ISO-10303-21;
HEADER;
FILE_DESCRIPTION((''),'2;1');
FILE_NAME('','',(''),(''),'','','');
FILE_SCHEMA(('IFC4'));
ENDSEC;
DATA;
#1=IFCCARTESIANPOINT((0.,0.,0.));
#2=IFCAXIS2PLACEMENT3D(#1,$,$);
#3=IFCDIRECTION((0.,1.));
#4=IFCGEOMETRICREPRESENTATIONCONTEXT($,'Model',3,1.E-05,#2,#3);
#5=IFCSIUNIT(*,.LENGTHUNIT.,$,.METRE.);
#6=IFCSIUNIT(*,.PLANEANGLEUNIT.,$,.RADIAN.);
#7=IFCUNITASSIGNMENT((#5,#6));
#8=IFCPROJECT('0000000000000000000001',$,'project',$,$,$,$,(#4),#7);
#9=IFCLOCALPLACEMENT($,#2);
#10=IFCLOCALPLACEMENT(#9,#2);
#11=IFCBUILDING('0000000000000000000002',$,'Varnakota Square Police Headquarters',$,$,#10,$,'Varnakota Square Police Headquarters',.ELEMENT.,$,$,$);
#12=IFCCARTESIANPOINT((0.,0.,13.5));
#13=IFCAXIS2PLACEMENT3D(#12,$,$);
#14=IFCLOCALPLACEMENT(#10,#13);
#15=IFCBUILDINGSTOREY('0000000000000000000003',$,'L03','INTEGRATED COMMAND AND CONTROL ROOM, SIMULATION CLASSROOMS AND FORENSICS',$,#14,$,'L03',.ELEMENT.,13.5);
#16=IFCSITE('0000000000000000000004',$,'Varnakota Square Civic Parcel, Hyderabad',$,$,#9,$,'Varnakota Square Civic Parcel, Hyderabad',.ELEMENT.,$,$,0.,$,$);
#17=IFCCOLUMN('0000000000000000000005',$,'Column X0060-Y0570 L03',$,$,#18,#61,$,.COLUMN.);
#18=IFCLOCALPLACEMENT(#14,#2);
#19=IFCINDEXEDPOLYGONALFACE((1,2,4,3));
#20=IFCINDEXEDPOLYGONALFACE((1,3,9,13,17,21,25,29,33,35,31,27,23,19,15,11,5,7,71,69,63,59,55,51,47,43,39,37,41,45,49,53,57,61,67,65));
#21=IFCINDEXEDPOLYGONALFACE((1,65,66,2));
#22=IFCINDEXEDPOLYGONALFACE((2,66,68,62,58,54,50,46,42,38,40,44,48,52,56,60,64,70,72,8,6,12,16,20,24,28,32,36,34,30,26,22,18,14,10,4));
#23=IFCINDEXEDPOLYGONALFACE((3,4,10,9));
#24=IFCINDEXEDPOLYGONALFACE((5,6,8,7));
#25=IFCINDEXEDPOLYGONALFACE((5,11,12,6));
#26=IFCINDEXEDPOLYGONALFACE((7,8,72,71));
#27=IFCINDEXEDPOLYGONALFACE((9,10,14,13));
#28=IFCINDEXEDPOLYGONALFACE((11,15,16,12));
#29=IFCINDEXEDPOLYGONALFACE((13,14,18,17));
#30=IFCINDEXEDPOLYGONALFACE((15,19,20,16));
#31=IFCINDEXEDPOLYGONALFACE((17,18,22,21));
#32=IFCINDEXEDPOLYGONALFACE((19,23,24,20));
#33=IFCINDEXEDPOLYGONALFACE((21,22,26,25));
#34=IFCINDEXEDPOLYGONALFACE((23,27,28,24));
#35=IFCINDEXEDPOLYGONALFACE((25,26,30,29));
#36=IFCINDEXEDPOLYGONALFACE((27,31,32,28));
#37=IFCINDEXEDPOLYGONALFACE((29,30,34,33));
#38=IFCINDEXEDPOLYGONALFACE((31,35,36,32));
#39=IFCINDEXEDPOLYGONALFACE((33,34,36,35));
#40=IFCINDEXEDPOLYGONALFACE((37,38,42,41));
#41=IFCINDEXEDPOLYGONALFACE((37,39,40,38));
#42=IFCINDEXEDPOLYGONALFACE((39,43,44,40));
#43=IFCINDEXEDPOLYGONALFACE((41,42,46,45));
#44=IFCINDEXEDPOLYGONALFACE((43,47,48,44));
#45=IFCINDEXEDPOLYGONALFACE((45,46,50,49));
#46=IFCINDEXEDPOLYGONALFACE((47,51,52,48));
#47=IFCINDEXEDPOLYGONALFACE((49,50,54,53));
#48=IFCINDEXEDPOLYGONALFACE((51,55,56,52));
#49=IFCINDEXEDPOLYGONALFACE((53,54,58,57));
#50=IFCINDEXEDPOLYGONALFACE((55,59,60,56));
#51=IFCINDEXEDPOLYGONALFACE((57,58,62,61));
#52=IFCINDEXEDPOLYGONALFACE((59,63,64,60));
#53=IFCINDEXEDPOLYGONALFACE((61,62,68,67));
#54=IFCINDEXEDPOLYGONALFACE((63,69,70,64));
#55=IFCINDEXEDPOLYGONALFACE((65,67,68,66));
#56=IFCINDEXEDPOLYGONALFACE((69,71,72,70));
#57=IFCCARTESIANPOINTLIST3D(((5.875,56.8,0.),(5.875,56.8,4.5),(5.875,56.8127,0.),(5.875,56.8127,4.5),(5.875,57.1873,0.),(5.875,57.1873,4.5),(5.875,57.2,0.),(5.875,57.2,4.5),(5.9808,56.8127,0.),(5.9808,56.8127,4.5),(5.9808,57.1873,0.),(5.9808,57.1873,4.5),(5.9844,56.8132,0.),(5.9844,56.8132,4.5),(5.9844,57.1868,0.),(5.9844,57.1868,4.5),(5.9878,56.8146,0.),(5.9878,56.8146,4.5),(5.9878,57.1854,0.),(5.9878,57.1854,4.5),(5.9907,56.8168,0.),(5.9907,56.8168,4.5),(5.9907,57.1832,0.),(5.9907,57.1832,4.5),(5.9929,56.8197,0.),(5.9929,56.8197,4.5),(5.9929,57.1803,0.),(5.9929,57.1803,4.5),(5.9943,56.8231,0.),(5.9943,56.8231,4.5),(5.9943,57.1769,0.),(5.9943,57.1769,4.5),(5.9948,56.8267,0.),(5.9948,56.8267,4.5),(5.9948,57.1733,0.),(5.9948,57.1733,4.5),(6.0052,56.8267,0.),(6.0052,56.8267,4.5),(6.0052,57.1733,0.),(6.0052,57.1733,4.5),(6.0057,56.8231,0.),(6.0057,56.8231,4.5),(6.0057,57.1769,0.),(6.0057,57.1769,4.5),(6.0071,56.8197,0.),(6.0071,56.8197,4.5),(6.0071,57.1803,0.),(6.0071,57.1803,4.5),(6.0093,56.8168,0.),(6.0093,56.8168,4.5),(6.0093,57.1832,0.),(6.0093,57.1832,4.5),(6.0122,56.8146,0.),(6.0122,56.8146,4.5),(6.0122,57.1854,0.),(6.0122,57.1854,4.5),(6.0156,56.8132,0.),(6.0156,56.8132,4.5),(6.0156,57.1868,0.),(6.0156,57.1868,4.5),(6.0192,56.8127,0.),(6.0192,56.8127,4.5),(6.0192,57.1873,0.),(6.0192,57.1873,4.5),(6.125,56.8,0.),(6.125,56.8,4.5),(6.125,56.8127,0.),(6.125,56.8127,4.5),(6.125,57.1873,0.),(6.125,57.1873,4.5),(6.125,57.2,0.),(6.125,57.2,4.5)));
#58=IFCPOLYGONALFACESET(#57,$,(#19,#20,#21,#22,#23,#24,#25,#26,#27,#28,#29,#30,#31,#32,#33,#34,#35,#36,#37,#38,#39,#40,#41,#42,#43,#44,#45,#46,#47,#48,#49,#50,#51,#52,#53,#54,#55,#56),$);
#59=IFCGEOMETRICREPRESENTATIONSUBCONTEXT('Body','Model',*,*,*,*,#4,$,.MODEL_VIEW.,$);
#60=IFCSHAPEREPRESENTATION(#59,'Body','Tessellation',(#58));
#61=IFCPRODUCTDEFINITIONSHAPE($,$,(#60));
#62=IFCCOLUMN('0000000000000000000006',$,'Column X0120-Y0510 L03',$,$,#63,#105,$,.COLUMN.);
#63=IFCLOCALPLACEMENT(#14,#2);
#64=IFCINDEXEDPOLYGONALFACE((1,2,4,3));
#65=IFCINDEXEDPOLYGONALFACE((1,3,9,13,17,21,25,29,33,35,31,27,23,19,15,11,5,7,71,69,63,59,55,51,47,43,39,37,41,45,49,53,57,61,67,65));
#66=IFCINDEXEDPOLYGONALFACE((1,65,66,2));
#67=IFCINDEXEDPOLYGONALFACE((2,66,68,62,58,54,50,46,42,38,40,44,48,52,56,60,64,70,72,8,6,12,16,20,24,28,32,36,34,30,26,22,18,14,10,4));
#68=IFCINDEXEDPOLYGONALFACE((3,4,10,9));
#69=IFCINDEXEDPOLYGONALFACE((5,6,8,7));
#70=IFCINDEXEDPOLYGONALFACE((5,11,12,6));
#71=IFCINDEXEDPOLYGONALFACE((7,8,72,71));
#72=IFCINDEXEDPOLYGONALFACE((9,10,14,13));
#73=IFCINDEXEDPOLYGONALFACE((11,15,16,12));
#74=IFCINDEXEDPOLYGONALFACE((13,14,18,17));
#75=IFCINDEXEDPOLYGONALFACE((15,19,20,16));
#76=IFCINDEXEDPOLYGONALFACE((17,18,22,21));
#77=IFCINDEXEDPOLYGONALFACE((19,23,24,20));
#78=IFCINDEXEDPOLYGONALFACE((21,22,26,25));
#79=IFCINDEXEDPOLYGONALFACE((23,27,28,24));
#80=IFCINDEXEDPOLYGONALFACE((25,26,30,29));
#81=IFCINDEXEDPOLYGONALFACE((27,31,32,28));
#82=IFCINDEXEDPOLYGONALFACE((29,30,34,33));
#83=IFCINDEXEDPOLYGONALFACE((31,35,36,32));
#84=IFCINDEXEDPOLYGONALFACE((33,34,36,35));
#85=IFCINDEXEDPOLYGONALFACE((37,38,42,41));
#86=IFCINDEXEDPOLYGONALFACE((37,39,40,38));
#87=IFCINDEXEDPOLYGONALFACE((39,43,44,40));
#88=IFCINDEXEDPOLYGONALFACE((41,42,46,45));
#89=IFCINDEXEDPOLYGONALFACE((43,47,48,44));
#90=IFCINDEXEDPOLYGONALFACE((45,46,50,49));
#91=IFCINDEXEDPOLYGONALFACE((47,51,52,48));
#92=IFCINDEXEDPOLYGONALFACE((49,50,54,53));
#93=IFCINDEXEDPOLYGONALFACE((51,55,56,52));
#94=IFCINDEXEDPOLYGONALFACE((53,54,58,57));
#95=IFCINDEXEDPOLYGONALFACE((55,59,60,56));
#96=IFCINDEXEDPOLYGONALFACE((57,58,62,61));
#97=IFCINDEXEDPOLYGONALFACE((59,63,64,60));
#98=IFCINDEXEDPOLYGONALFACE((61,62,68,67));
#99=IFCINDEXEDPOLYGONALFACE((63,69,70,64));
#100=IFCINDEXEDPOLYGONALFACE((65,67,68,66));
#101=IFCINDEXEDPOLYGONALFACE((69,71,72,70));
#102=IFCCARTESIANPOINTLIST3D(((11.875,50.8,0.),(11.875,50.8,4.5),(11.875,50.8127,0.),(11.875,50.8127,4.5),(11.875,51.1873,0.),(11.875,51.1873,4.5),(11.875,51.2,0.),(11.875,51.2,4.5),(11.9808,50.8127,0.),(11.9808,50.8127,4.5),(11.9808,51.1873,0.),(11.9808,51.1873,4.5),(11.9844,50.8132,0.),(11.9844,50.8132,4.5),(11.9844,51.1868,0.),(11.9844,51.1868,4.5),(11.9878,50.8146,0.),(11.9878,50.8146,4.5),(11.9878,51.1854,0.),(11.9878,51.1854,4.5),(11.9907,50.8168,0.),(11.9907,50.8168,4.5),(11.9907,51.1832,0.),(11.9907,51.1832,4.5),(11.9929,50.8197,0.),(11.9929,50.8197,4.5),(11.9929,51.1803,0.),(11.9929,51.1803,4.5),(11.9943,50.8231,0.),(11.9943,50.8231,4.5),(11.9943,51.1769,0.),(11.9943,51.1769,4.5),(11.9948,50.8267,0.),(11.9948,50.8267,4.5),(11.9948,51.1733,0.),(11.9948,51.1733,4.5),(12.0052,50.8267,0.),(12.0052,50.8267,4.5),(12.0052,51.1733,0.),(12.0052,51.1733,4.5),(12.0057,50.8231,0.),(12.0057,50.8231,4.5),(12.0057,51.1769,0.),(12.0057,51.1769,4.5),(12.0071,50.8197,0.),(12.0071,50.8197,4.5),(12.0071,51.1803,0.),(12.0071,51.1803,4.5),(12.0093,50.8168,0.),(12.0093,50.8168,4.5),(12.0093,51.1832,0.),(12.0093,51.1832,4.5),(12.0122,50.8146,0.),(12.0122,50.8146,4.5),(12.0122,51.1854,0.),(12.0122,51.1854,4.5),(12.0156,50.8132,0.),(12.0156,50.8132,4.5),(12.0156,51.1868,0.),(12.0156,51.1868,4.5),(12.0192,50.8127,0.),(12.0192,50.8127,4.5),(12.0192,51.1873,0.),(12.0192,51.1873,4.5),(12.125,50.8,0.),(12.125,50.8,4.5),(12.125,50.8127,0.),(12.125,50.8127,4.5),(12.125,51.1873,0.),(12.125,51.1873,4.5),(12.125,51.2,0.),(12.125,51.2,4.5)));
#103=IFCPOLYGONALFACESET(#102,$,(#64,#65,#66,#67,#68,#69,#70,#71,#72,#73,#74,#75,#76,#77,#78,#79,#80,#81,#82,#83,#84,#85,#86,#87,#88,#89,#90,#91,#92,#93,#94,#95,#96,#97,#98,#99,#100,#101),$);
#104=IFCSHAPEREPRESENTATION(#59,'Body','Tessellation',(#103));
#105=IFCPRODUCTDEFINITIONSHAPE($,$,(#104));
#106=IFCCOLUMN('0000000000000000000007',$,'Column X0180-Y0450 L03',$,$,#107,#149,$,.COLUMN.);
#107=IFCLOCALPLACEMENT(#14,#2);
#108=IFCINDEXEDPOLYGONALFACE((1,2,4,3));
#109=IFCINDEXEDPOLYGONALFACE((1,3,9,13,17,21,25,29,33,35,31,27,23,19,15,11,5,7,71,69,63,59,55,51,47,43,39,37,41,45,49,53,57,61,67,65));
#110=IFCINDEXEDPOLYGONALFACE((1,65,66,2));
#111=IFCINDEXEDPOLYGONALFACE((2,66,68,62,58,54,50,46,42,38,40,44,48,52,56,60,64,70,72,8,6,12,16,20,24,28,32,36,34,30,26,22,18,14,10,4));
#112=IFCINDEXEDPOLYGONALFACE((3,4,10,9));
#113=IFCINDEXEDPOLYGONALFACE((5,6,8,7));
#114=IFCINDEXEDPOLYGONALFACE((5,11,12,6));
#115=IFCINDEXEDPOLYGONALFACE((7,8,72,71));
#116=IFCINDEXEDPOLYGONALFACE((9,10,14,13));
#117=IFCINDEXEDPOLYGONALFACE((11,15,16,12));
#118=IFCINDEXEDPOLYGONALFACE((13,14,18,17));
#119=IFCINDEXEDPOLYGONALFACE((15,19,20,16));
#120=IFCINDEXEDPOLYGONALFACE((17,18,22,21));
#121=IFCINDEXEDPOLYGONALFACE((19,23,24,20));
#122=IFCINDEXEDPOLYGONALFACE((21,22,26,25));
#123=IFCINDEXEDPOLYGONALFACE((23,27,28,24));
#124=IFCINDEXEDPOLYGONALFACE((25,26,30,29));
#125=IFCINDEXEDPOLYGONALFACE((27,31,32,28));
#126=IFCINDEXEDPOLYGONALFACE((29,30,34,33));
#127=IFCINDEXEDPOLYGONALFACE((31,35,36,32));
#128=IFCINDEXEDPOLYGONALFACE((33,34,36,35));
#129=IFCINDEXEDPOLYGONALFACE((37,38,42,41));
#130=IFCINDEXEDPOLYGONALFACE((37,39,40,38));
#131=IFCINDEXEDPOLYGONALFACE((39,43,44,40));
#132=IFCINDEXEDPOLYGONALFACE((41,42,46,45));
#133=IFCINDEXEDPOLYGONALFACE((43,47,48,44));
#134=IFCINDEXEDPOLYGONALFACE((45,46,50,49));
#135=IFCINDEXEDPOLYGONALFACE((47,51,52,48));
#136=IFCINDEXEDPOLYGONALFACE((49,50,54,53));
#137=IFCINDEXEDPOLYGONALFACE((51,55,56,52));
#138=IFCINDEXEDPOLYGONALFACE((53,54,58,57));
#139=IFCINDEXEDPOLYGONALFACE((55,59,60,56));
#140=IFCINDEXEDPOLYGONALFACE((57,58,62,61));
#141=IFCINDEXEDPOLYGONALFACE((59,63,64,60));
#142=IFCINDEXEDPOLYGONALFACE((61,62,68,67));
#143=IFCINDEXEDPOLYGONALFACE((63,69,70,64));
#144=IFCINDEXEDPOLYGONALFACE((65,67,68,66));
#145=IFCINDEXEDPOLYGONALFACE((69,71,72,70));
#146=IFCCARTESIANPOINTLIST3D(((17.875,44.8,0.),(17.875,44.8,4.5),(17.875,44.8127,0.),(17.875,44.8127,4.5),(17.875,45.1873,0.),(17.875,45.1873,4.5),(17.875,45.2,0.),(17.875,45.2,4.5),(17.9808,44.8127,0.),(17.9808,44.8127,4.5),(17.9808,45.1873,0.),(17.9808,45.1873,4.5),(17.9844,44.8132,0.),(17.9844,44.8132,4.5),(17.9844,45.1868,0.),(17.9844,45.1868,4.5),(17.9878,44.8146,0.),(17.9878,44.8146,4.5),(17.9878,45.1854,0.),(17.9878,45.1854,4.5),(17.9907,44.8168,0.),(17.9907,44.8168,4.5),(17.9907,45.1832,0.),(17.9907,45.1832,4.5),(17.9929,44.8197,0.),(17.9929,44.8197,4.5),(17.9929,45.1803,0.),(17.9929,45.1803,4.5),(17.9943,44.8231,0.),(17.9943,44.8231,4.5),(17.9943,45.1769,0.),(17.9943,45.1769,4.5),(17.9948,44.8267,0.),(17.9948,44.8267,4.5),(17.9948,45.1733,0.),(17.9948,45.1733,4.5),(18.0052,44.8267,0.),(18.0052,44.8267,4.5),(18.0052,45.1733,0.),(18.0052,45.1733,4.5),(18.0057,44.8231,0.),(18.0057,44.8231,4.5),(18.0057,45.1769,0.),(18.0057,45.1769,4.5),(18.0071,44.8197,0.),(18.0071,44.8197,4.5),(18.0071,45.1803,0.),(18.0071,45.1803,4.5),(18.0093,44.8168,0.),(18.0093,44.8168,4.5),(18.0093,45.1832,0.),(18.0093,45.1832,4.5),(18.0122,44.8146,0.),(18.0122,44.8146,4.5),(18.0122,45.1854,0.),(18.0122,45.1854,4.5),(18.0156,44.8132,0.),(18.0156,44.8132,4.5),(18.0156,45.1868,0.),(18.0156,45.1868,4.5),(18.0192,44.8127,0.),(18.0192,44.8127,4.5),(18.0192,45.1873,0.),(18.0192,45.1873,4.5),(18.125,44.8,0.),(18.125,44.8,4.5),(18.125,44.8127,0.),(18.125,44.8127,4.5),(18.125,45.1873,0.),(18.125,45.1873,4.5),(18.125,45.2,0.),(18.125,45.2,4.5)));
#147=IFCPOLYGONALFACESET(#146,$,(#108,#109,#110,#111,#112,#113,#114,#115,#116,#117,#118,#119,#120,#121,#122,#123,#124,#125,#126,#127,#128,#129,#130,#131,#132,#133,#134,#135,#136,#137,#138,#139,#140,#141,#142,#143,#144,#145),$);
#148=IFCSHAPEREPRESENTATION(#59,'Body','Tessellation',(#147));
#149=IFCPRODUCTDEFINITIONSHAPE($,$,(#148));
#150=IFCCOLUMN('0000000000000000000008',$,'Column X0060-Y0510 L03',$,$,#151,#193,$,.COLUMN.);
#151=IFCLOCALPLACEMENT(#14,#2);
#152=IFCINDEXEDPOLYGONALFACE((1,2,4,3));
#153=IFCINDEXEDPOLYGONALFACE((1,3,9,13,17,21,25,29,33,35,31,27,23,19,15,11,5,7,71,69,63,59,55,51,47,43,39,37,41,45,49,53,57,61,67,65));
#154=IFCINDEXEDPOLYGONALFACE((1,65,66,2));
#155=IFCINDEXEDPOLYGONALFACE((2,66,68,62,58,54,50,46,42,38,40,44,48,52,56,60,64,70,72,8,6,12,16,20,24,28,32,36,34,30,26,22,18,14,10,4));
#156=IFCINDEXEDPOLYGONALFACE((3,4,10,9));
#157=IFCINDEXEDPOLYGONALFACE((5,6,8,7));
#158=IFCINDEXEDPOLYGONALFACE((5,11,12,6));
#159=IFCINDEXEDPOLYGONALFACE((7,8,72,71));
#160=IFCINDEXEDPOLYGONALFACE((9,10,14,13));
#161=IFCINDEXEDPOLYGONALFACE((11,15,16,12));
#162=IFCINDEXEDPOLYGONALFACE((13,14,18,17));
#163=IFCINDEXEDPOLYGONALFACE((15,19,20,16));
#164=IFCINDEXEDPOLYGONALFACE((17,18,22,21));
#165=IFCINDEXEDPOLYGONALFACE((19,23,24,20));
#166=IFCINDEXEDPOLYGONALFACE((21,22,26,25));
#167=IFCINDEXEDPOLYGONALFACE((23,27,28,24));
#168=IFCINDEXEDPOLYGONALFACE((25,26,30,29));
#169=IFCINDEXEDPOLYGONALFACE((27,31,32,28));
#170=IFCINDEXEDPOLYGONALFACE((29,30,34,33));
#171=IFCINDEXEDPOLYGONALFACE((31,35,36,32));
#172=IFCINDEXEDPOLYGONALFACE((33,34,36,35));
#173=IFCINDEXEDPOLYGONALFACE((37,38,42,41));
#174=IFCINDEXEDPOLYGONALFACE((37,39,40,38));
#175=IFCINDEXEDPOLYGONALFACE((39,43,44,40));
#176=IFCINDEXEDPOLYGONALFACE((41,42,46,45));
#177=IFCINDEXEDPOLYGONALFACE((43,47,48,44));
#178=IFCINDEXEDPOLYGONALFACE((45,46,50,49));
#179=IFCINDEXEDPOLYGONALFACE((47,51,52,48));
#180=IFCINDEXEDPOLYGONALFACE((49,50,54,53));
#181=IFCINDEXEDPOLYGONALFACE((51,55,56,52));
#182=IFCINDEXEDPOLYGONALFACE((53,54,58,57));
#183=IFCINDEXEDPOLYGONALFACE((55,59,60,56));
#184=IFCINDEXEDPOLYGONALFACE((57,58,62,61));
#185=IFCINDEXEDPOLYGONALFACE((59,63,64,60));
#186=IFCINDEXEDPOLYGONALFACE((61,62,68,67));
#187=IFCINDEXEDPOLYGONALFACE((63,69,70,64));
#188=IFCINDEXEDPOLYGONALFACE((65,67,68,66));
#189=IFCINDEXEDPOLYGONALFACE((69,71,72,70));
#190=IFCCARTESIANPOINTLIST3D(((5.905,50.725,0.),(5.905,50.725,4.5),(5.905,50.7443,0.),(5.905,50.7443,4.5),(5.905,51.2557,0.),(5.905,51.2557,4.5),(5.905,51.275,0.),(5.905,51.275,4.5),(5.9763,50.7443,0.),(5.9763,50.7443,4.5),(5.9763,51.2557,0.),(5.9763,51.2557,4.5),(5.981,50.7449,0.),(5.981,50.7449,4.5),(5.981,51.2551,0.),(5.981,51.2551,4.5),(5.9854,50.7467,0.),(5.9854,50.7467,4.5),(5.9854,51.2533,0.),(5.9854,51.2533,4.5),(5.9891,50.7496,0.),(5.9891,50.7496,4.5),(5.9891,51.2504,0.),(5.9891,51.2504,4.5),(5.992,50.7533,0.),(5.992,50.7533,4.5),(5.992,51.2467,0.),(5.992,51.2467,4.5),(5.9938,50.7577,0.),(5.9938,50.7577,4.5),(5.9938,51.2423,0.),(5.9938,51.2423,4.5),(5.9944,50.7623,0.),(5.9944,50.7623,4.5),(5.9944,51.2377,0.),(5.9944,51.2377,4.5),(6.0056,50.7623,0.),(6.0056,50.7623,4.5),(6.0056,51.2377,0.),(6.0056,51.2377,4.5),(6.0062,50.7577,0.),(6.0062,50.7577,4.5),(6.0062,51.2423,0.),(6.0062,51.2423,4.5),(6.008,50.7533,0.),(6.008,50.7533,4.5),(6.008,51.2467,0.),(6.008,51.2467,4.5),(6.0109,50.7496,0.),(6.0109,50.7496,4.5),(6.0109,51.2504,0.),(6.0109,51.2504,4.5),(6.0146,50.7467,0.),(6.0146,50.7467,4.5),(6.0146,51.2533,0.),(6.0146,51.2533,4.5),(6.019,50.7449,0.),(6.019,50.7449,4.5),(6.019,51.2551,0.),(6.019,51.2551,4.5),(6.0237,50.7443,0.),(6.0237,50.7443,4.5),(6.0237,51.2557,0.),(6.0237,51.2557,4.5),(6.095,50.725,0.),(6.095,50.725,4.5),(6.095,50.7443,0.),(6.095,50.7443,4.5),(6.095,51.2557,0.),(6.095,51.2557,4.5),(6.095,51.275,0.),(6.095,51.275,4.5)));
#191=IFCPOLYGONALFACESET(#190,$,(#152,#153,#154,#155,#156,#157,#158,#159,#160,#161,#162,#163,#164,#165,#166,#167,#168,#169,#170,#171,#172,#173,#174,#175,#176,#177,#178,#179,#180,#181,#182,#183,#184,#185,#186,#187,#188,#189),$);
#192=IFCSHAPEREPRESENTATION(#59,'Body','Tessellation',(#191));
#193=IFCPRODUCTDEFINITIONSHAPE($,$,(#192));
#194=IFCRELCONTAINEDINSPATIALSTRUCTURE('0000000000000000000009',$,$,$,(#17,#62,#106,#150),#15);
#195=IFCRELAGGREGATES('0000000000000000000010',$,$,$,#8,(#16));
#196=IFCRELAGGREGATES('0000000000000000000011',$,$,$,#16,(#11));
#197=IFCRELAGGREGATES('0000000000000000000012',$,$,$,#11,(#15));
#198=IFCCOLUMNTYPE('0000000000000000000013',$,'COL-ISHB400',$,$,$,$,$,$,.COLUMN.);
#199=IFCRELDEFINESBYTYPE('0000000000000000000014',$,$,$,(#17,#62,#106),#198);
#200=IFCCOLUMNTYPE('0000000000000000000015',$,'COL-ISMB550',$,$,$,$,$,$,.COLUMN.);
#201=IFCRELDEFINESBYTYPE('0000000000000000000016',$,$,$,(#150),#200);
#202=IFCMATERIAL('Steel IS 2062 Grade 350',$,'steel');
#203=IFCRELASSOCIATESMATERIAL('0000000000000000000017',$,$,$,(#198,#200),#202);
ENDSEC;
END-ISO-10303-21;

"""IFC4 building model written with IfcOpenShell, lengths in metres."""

from ifc_helpers import new_model, si_unit, direction, frame, origin, origin_2d, place, context, subcontext, project, spatial, i_section, extrude, material, material_profile, profile_set, type_object, element, save


model = new_model("IFC4")

# Units and contexts
model_context = context("Model", 3, precision=1e-05, world=origin(), true_north=direction((0.0, 1.0)))
body_context = subcontext(model_context, "Body", "Model", "MODEL_VIEW")
ifc_project = project(units=[si_unit("LENGTHUNIT", "METRE"), si_unit("PLANEANGLEUNIT", "RADIAN")], contexts=[model_context])

# Site, building, storey
site_placement = place(None, origin())
site = spatial("IfcSite", under=ifc_project, at=site_placement, Name="Varnakota Square Civic Parcel, Hyderabad", LongName="Varnakota Square Civic Parcel, Hyderabad", CompositionType="ELEMENT", RefElevation=0.0)
building_placement = place(site_placement, origin())
building = spatial("IfcBuilding", under=site, at=building_placement, Name="Varnakota Square Police Headquarters", LongName="Varnakota Square Police Headquarters", CompositionType="ELEMENT")
storey_placement = place(building_placement, frame((0.0, 0.0, 13.5)))
storey = spatial("IfcBuildingStorey", under=building, at=storey_placement, Name="L03", Description="INTEGRATED COMMAND AND CONTROL ROOM, SIMULATION CLASSROOMS AND FORENSICS", LongName="L03", CompositionType="ELEMENT", Elevation=13.5)

# Columns
ifc_material_1 = material(Name="Steel IS 2062 Grade 350", Category="steel")
ifc_material_profile_1 = material_profile(ifc_material_1, i_section(OverallWidth=0.25, OverallDepth=0.3999, WebThickness=0.0105, FlangeThickness=0.0127, FilletRadius=0.0139, at=origin_2d()), Name="ISHB 400")
ifc_profile_set_1 = profile_set([ifc_material_profile_1], Name="Steel IS 2062 Grade 350")
column_type_1 = type_object("IfcColumnType", Name="COL-ISHB400", PredefinedType="COLUMN", material=ifc_profile_set_1)
for number, where, z_axis, x_axis, name in (
    (1, (6.0, 57.0, 0.0), (0.0, 0.0, 1.0), (1.0, 0.0, 0.0), "Column X0060-Y0570 L03"),
    (2, (12.0, 51.0, 0.0), (0.0, 0.0, 1.0), (1.0, 0.0, 0.0), "Column X0120-Y0510 L03"),
    (3, (18.0, 45.0, 0.0), (0.0, 0.0, 1.0), (1.0, 0.0, 0.0), "Column X0180-Y0450 L03"),
):
    element("IfcColumn", number, at=place(storey_placement, frame(where, z_axis=z_axis, x_axis=x_axis)), inside=storey, type_object=column_type_1, Name=name, PredefinedType="COLUMN", context=body_context, shape_type="SweptSolid", body=[
        extrude(i_section(OverallWidth=0.25, OverallDepth=0.3999, WebThickness=0.0105, FlangeThickness=0.0127, FilletRadius=0.0139, at=origin_2d()), origin(), (0.0, 0.0, 1.0), 4.5),
    ])
ifc_material_profile_2 = material_profile(ifc_material_1, i_section(OverallWidth=0.1899, OverallDepth=0.55, WebThickness=0.0112, FlangeThickness=0.0193, FilletRadius=0.0181, at=origin_2d()), Name="ISMB 550")
ifc_profile_set_2 = profile_set([ifc_material_profile_2], Name="Steel IS 2062 Grade 350")
column_type_2 = type_object("IfcColumnType", Name="COL-ISMB550", PredefinedType="COLUMN", material=ifc_profile_set_2)
column_1_placement = place(storey_placement, frame((6.0, 51.0, 0.0), z_axis=(0.0, 0.0, 1.0), x_axis=(1.0, 0.0, 0.0)))
element("IfcColumn", 4, at=column_1_placement, inside=storey, type_object=column_type_2, Name="Column X0060-Y0510 L03", PredefinedType="COLUMN", context=body_context, shape_type="SweptSolid", body=[
    extrude(i_section(OverallWidth=0.1899, OverallDepth=0.55, WebThickness=0.0112, FlangeThickness=0.0193, FilletRadius=0.0181, at=origin_2d()), origin(), (0.0, 0.0, 1.0), 4.5),
])

save(model, "model.ifc")
